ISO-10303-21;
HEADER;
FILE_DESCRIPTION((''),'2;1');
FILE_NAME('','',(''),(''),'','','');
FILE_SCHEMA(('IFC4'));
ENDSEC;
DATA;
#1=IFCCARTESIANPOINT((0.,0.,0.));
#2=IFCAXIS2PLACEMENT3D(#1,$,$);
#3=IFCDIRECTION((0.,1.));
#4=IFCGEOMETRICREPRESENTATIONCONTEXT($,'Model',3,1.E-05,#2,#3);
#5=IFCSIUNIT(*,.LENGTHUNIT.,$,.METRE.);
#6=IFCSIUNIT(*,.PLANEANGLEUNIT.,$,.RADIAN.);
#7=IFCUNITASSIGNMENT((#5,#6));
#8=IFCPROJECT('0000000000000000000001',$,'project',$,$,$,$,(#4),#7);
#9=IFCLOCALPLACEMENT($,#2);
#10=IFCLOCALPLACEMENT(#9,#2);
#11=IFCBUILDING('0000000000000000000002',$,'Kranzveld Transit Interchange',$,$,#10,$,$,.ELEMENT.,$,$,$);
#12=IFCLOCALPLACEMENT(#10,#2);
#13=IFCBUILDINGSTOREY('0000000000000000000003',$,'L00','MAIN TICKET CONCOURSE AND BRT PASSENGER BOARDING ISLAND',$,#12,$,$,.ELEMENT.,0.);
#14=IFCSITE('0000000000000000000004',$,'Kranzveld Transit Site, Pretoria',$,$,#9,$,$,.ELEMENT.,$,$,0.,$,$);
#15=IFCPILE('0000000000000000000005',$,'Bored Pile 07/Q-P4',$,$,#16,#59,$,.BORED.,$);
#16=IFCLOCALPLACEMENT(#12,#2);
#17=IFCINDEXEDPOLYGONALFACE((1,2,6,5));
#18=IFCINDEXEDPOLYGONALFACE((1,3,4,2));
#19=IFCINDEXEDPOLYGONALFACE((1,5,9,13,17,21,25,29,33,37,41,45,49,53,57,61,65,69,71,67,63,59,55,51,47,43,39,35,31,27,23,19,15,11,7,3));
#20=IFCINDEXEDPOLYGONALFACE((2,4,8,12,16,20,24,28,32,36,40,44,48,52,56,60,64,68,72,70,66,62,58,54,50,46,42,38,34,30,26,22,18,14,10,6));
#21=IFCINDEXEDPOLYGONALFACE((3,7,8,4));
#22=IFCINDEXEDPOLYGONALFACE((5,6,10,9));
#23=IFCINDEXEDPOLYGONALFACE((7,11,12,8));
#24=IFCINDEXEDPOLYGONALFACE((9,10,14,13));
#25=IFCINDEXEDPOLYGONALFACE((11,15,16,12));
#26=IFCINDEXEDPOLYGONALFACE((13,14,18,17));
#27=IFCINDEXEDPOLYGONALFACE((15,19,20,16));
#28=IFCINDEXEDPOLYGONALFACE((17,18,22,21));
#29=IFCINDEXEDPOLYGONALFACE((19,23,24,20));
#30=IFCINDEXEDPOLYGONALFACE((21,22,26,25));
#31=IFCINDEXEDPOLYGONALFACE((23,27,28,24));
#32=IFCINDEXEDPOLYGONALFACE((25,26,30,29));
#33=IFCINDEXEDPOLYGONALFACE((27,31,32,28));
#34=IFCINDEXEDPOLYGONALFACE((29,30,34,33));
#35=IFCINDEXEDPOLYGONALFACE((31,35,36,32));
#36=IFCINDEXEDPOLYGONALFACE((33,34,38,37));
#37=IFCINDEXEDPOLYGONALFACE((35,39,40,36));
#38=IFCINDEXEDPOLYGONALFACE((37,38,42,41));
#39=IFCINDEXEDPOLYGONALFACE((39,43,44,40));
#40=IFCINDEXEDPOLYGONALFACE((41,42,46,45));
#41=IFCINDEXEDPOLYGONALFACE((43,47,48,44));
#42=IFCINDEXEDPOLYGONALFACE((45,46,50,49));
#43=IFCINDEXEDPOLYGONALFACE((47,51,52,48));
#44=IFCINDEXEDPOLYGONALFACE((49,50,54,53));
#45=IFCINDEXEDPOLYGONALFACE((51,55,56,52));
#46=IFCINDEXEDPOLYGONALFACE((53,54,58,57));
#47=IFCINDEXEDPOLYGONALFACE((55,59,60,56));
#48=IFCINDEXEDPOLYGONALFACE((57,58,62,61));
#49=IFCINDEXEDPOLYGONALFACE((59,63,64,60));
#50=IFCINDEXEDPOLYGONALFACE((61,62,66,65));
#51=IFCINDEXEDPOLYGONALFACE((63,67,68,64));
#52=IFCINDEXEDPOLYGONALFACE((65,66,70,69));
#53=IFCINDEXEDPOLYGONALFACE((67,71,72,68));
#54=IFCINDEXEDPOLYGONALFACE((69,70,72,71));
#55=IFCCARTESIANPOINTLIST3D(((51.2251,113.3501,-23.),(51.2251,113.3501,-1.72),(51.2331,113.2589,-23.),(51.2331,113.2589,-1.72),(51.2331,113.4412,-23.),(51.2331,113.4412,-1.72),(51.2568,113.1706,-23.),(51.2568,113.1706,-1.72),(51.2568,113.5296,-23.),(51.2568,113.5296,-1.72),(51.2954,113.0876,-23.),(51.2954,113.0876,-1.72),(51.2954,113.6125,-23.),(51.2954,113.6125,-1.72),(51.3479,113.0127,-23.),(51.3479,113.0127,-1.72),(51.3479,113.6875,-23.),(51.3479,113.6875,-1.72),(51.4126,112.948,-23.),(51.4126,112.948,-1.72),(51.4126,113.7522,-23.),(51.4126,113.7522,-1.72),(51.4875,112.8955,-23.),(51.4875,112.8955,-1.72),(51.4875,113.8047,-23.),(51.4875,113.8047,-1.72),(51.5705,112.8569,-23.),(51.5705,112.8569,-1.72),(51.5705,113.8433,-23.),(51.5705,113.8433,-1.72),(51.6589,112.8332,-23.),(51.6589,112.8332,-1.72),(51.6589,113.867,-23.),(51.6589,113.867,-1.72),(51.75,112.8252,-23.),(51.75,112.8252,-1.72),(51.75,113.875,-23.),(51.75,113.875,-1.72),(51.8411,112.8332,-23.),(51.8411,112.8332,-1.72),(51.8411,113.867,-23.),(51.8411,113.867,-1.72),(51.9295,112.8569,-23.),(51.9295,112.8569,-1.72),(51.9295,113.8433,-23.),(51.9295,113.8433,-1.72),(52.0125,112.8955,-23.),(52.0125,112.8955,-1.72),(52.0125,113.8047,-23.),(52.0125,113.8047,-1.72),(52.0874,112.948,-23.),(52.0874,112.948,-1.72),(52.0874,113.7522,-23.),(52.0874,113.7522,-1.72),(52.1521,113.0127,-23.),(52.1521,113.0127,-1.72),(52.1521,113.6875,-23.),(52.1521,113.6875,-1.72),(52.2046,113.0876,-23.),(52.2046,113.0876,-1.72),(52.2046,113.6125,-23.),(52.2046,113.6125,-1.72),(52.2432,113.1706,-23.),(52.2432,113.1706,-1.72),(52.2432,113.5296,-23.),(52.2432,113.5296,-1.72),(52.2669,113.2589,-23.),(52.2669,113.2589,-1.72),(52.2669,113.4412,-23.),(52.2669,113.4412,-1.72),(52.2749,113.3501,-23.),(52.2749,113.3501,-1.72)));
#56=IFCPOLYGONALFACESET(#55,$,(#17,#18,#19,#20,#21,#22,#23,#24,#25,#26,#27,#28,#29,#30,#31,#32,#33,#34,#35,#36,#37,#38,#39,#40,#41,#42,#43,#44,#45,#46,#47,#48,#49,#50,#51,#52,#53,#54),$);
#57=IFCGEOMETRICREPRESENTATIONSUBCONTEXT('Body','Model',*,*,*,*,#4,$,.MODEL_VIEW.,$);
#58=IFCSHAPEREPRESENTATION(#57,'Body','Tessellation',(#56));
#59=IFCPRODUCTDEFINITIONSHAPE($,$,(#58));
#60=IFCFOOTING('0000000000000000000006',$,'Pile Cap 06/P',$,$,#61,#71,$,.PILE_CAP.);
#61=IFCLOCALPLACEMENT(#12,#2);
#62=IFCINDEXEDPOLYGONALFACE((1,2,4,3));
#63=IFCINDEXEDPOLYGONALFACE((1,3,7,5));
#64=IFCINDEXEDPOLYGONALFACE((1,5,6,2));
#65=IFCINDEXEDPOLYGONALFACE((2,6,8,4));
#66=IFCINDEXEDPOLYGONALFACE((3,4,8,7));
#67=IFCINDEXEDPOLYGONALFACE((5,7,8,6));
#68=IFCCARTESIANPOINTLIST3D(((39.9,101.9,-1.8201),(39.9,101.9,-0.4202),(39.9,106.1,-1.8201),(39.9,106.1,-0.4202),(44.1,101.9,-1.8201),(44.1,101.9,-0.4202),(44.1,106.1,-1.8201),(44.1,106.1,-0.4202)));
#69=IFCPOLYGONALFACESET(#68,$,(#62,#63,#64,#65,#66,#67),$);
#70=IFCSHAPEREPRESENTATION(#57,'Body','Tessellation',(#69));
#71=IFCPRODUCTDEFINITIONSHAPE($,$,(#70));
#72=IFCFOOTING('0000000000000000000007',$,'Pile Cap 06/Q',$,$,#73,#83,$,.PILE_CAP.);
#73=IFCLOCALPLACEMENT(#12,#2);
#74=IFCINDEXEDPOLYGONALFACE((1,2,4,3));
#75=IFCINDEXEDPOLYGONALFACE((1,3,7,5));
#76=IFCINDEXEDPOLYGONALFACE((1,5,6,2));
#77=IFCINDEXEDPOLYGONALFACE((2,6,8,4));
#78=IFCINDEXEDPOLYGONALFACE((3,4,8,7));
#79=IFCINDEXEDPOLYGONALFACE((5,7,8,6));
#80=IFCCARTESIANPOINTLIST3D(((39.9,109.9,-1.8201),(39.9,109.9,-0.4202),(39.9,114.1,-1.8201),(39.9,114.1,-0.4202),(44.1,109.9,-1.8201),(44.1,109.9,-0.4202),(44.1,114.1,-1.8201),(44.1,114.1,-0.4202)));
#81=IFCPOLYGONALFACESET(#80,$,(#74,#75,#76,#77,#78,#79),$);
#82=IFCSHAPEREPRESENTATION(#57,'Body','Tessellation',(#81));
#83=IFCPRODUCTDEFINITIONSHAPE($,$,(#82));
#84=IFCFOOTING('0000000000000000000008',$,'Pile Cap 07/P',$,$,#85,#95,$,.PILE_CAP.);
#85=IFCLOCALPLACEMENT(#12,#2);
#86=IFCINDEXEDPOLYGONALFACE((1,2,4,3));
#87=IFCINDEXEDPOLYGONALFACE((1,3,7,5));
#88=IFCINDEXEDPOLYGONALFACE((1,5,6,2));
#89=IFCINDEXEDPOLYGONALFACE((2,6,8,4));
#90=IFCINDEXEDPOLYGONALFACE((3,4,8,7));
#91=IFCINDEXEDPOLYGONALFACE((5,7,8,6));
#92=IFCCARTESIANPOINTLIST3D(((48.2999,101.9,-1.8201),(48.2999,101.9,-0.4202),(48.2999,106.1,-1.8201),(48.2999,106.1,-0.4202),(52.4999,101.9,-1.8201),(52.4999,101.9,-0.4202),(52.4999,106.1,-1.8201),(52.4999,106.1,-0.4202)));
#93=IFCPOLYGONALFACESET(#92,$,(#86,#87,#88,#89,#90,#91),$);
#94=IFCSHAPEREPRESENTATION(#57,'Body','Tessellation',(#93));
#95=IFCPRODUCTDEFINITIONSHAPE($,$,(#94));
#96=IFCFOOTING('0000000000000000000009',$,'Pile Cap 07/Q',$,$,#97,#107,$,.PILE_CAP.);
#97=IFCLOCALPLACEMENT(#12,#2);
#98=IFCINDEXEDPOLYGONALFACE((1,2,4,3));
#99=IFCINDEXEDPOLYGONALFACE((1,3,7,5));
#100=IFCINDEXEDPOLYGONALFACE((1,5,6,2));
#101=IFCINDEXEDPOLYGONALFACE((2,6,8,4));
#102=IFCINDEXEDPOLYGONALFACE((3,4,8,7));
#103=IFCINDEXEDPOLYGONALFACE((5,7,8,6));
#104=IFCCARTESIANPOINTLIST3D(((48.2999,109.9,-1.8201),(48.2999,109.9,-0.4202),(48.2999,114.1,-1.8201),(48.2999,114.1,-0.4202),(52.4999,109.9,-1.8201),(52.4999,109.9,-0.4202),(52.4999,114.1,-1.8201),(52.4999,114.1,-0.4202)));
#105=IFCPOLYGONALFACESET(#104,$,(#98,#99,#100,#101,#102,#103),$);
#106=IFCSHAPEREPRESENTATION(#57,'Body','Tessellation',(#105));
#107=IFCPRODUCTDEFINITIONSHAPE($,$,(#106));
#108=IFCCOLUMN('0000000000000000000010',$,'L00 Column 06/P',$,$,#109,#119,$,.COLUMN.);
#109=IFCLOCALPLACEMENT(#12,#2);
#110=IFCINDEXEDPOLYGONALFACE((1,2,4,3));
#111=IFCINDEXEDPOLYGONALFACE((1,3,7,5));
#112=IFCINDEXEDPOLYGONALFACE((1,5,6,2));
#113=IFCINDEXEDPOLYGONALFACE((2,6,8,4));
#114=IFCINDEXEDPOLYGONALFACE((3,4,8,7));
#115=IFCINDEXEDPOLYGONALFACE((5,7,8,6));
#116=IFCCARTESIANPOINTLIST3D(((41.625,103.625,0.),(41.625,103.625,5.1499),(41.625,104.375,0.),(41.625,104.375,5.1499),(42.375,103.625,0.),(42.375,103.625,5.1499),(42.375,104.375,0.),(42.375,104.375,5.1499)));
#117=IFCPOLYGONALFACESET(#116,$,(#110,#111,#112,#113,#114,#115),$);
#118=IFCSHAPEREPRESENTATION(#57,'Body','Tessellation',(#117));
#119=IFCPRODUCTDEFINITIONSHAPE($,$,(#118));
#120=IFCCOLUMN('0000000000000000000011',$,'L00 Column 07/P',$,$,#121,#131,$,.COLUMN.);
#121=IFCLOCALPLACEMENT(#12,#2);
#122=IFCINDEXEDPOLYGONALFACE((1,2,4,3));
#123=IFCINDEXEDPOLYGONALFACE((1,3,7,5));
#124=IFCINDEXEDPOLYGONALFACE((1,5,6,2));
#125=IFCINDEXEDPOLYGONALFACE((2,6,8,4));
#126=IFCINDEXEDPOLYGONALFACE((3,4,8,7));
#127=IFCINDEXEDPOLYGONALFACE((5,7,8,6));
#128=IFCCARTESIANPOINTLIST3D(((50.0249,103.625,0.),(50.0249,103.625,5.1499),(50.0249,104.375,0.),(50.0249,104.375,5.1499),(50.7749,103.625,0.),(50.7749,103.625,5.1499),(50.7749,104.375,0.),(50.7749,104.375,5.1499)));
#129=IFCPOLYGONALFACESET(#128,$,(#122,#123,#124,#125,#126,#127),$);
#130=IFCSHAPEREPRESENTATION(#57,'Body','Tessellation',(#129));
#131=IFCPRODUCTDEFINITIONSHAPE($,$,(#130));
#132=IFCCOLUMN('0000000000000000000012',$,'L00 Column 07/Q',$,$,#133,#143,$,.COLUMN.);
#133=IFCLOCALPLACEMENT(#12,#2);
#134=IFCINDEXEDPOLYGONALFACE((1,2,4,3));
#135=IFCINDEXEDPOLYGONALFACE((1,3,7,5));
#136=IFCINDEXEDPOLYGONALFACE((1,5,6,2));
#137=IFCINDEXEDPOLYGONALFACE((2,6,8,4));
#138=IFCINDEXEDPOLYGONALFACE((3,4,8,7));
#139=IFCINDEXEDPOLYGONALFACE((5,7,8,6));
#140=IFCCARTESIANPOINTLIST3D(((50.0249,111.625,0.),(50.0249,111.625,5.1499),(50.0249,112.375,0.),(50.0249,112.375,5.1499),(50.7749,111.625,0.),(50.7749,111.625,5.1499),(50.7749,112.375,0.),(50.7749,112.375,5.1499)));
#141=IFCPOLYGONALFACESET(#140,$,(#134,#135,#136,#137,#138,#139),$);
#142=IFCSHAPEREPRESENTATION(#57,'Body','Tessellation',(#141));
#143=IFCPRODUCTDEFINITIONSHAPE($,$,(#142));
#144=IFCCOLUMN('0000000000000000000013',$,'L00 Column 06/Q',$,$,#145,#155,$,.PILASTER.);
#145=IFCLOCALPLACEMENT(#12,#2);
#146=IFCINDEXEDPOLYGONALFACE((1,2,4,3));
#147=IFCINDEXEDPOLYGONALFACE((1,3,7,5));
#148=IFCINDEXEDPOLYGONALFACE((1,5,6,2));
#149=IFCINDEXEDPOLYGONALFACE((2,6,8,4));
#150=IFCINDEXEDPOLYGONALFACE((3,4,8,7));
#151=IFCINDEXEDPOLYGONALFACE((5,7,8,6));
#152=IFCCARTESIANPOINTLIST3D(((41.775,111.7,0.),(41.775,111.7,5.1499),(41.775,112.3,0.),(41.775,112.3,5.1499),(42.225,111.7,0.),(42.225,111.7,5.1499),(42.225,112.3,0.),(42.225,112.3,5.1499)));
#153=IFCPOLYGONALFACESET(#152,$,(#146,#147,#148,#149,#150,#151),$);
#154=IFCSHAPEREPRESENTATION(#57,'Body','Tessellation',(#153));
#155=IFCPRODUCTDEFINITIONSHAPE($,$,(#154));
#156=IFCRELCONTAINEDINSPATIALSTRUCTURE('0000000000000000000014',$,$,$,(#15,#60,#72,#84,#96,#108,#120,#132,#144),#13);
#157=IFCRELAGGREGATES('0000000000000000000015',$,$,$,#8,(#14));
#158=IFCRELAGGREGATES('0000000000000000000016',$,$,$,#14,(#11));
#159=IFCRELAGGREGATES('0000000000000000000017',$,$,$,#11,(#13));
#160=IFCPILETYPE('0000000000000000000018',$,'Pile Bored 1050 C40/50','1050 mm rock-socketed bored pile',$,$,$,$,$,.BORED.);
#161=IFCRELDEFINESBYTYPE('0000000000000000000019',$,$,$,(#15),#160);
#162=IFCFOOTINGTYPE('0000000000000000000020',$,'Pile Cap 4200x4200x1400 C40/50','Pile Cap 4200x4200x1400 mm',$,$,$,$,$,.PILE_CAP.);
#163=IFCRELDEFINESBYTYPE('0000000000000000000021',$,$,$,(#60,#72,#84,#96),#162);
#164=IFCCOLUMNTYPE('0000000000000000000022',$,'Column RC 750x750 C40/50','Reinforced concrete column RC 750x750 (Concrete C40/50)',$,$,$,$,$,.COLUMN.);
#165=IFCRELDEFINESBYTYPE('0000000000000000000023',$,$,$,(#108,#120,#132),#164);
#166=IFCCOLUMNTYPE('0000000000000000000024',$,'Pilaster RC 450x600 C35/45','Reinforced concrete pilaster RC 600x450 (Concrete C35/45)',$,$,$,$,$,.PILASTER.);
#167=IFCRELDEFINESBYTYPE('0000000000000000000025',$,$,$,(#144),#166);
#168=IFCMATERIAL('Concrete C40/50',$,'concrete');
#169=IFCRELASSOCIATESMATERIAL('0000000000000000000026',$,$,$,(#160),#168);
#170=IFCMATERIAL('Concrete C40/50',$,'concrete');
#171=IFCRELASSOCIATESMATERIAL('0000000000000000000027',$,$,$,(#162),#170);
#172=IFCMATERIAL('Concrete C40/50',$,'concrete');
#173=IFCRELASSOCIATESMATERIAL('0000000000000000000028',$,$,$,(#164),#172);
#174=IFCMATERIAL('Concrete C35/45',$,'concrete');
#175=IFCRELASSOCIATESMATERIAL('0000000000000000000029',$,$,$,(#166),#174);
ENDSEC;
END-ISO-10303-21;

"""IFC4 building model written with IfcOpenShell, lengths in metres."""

from ifc_helpers import new_model, si_unit, direction, frame, origin, origin_2d, place, context, subcontext, project, spatial, rectangle, circle, extrude, material, material_profile, profile_set, type_object, element, save


model = new_model("IFC4")

# Units and contexts
model_context = context("Model", 3, precision=1e-05, world=origin(), true_north=direction((0.0, 1.0)))
body_context = subcontext(model_context, "Body", "Model", "MODEL_VIEW")
ifc_project = project(units=[si_unit("LENGTHUNIT", "METRE"), si_unit("PLANEANGLEUNIT", "RADIAN")], contexts=[model_context])

# Site, building, storey
site_placement = place(None, origin())
site = spatial("IfcSite", under=ifc_project, at=site_placement, Name="Kranzveld Transit Site, Pretoria", CompositionType="ELEMENT", RefElevation=0.0)
building_placement = place(site_placement, origin())
building = spatial("IfcBuilding", under=site, at=building_placement, Name="Kranzveld Transit Interchange", CompositionType="ELEMENT")
storey_placement = place(building_placement, origin())
storey = spatial("IfcBuildingStorey", under=building, at=storey_placement, Name="L00", Description="MAIN TICKET CONCOURSE AND BRT PASSENGER BOARDING ISLAND", CompositionType="ELEMENT", Elevation=0.0)

# Pile
ifc_material_1 = material(Name="Concrete C40/50", Category="concrete")
ifc_material_profile_1 = material_profile(ifc_material_1, circle(Radius=0.5249, at=origin_2d()), Name="BORED PILE 1050")
ifc_profile_set_1 = profile_set([ifc_material_profile_1], Name="Concrete C40/50")
pile_type = type_object("IfcPileType", Name="Pile Bored 1050 C40/50", Description="1050 mm rock-socketed bored pile", PredefinedType="BORED", material=ifc_profile_set_1)
for number, where, z_axis, x_axis, name in (
    (1, (51.75, 113.3501, -1.72), (0.0, 0.0, -1.0), (1.0, 0.0, 0.0), "Bored Pile 07/Q-P4"),
):
    element("IfcPile", number, at=place(storey_placement, frame(where, z_axis=z_axis, x_axis=x_axis)), inside=storey, type_object=pile_type, Name=name, PredefinedType="BORED", context=body_context, shape_type="SweptSolid", body=[
        extrude(circle(Radius=0.5249, at=origin_2d()), origin(), (0.0, 0.0, 1.0), 21.28),
    ])

# Footings
ifc_material_2 = material(Name="Concrete C40/50", Category="concrete")
footing_type_1 = type_object("IfcFootingType", Name="Pile Cap 4200x4200x1400 C40/50", Description="Pile Cap 4200x4200x1400 mm", PredefinedType="PILE_CAP", material=ifc_material_2)
for number, where, z_axis, x_axis, name in (
    (2, (42.0, 104.0, -1.8201), (0.0, 0.0, 1.0), (1.0, 0.0, 0.0), "Pile Cap 06/P"),
    (3, (42.0, 112.0, -1.8201), (0.0, 0.0, 1.0), (1.0, 0.0, 0.0), "Pile Cap 06/Q"),
    (4, (50.3999, 104.0, -1.8201), (0.0, 0.0, 1.0), (1.0, 0.0, 0.0), "Pile Cap 07/P"),
    (5, (50.3999, 112.0, -1.8201), (0.0, 0.0, 1.0), (1.0, 0.0, 0.0), "Pile Cap 07/Q"),
):
    element("IfcFooting", number, at=place(storey_placement, frame(where, z_axis=z_axis, x_axis=x_axis)), inside=storey, type_object=footing_type_1, Name=name, PredefinedType="PILE_CAP", context=body_context, shape_type="SweptSolid", body=[
        extrude(rectangle(XDim=4.2, YDim=4.2, at=origin_2d()), origin(), (0.0, 0.0, 1.0), 1.3999),
    ])

# Columns
ifc_material_3 = material(Name="Concrete C40/50", Category="concrete")
ifc_material_profile_2 = material_profile(ifc_material_3, rectangle(XDim=0.75, YDim=0.75, at=origin_2d()), Name="RC 750x750")
ifc_profile_set_2 = profile_set([ifc_material_profile_2], Name="Concrete C40/50")
column_type_1 = type_object("IfcColumnType", Name="Column RC 750x750 C40/50", Description="Reinforced concrete column RC 750x750 (Concrete C40/50)", PredefinedType="COLUMN", material=ifc_profile_set_2)
for number, where, z_axis, x_axis, name in (
    (6, (42.0, 104.0, 0.0), (0.0, 0.0, 1.0), (1.0, 0.0, 0.0), "L00 Column 06/P"),
    (7, (50.3999, 104.0, 0.0), (0.0, 0.0, 1.0), (1.0, 0.0, 0.0), "L00 Column 07/P"),
    (8, (50.3999, 112.0, 0.0), (0.0, 0.0, 1.0), (1.0, 0.0, 0.0), "L00 Column 07/Q"),
):
    element("IfcColumn", number, at=place(storey_placement, frame(where, z_axis=z_axis, x_axis=x_axis)), inside=storey, type_object=column_type_1, Name=name, PredefinedType="COLUMN", context=body_context, shape_type="SweptSolid", body=[
        extrude(rectangle(XDim=0.75, YDim=0.75, at=origin_2d()), origin(), (0.0, 0.0, 1.0), 5.1499),
    ])
ifc_material_4 = material(Name="Concrete C35/45", Category="concrete")
ifc_material_profile_3 = material_profile(ifc_material_4, rectangle(XDim=0.45, YDim=0.6001, at=origin_2d()), Name="RC 600x450")
ifc_profile_set_3 = profile_set([ifc_material_profile_3], Name="Concrete C35/45")
column_type_2 = type_object("IfcColumnType", Name="Pilaster RC 450x600 C35/45", Description="Reinforced concrete pilaster RC 600x450 (Concrete C35/45)", PredefinedType="PILASTER", material=ifc_profile_set_3)
column_placement = place(storey_placement, frame((42.0, 112.0, 0.0), z_axis=(0.0, 0.0, 1.0), x_axis=(1.0, 0.0, 0.0)))
element("IfcColumn", 9, at=column_placement, inside=storey, type_object=column_type_2, Name="L00 Column 06/Q", PredefinedType="PILASTER", context=body_context, shape_type="SweptSolid", body=[
    extrude(rectangle(XDim=0.45, YDim=0.6001, at=origin_2d()), origin(), (0.0, 0.0, 1.0), 5.1499),
])

save(model, "model.ifc")
